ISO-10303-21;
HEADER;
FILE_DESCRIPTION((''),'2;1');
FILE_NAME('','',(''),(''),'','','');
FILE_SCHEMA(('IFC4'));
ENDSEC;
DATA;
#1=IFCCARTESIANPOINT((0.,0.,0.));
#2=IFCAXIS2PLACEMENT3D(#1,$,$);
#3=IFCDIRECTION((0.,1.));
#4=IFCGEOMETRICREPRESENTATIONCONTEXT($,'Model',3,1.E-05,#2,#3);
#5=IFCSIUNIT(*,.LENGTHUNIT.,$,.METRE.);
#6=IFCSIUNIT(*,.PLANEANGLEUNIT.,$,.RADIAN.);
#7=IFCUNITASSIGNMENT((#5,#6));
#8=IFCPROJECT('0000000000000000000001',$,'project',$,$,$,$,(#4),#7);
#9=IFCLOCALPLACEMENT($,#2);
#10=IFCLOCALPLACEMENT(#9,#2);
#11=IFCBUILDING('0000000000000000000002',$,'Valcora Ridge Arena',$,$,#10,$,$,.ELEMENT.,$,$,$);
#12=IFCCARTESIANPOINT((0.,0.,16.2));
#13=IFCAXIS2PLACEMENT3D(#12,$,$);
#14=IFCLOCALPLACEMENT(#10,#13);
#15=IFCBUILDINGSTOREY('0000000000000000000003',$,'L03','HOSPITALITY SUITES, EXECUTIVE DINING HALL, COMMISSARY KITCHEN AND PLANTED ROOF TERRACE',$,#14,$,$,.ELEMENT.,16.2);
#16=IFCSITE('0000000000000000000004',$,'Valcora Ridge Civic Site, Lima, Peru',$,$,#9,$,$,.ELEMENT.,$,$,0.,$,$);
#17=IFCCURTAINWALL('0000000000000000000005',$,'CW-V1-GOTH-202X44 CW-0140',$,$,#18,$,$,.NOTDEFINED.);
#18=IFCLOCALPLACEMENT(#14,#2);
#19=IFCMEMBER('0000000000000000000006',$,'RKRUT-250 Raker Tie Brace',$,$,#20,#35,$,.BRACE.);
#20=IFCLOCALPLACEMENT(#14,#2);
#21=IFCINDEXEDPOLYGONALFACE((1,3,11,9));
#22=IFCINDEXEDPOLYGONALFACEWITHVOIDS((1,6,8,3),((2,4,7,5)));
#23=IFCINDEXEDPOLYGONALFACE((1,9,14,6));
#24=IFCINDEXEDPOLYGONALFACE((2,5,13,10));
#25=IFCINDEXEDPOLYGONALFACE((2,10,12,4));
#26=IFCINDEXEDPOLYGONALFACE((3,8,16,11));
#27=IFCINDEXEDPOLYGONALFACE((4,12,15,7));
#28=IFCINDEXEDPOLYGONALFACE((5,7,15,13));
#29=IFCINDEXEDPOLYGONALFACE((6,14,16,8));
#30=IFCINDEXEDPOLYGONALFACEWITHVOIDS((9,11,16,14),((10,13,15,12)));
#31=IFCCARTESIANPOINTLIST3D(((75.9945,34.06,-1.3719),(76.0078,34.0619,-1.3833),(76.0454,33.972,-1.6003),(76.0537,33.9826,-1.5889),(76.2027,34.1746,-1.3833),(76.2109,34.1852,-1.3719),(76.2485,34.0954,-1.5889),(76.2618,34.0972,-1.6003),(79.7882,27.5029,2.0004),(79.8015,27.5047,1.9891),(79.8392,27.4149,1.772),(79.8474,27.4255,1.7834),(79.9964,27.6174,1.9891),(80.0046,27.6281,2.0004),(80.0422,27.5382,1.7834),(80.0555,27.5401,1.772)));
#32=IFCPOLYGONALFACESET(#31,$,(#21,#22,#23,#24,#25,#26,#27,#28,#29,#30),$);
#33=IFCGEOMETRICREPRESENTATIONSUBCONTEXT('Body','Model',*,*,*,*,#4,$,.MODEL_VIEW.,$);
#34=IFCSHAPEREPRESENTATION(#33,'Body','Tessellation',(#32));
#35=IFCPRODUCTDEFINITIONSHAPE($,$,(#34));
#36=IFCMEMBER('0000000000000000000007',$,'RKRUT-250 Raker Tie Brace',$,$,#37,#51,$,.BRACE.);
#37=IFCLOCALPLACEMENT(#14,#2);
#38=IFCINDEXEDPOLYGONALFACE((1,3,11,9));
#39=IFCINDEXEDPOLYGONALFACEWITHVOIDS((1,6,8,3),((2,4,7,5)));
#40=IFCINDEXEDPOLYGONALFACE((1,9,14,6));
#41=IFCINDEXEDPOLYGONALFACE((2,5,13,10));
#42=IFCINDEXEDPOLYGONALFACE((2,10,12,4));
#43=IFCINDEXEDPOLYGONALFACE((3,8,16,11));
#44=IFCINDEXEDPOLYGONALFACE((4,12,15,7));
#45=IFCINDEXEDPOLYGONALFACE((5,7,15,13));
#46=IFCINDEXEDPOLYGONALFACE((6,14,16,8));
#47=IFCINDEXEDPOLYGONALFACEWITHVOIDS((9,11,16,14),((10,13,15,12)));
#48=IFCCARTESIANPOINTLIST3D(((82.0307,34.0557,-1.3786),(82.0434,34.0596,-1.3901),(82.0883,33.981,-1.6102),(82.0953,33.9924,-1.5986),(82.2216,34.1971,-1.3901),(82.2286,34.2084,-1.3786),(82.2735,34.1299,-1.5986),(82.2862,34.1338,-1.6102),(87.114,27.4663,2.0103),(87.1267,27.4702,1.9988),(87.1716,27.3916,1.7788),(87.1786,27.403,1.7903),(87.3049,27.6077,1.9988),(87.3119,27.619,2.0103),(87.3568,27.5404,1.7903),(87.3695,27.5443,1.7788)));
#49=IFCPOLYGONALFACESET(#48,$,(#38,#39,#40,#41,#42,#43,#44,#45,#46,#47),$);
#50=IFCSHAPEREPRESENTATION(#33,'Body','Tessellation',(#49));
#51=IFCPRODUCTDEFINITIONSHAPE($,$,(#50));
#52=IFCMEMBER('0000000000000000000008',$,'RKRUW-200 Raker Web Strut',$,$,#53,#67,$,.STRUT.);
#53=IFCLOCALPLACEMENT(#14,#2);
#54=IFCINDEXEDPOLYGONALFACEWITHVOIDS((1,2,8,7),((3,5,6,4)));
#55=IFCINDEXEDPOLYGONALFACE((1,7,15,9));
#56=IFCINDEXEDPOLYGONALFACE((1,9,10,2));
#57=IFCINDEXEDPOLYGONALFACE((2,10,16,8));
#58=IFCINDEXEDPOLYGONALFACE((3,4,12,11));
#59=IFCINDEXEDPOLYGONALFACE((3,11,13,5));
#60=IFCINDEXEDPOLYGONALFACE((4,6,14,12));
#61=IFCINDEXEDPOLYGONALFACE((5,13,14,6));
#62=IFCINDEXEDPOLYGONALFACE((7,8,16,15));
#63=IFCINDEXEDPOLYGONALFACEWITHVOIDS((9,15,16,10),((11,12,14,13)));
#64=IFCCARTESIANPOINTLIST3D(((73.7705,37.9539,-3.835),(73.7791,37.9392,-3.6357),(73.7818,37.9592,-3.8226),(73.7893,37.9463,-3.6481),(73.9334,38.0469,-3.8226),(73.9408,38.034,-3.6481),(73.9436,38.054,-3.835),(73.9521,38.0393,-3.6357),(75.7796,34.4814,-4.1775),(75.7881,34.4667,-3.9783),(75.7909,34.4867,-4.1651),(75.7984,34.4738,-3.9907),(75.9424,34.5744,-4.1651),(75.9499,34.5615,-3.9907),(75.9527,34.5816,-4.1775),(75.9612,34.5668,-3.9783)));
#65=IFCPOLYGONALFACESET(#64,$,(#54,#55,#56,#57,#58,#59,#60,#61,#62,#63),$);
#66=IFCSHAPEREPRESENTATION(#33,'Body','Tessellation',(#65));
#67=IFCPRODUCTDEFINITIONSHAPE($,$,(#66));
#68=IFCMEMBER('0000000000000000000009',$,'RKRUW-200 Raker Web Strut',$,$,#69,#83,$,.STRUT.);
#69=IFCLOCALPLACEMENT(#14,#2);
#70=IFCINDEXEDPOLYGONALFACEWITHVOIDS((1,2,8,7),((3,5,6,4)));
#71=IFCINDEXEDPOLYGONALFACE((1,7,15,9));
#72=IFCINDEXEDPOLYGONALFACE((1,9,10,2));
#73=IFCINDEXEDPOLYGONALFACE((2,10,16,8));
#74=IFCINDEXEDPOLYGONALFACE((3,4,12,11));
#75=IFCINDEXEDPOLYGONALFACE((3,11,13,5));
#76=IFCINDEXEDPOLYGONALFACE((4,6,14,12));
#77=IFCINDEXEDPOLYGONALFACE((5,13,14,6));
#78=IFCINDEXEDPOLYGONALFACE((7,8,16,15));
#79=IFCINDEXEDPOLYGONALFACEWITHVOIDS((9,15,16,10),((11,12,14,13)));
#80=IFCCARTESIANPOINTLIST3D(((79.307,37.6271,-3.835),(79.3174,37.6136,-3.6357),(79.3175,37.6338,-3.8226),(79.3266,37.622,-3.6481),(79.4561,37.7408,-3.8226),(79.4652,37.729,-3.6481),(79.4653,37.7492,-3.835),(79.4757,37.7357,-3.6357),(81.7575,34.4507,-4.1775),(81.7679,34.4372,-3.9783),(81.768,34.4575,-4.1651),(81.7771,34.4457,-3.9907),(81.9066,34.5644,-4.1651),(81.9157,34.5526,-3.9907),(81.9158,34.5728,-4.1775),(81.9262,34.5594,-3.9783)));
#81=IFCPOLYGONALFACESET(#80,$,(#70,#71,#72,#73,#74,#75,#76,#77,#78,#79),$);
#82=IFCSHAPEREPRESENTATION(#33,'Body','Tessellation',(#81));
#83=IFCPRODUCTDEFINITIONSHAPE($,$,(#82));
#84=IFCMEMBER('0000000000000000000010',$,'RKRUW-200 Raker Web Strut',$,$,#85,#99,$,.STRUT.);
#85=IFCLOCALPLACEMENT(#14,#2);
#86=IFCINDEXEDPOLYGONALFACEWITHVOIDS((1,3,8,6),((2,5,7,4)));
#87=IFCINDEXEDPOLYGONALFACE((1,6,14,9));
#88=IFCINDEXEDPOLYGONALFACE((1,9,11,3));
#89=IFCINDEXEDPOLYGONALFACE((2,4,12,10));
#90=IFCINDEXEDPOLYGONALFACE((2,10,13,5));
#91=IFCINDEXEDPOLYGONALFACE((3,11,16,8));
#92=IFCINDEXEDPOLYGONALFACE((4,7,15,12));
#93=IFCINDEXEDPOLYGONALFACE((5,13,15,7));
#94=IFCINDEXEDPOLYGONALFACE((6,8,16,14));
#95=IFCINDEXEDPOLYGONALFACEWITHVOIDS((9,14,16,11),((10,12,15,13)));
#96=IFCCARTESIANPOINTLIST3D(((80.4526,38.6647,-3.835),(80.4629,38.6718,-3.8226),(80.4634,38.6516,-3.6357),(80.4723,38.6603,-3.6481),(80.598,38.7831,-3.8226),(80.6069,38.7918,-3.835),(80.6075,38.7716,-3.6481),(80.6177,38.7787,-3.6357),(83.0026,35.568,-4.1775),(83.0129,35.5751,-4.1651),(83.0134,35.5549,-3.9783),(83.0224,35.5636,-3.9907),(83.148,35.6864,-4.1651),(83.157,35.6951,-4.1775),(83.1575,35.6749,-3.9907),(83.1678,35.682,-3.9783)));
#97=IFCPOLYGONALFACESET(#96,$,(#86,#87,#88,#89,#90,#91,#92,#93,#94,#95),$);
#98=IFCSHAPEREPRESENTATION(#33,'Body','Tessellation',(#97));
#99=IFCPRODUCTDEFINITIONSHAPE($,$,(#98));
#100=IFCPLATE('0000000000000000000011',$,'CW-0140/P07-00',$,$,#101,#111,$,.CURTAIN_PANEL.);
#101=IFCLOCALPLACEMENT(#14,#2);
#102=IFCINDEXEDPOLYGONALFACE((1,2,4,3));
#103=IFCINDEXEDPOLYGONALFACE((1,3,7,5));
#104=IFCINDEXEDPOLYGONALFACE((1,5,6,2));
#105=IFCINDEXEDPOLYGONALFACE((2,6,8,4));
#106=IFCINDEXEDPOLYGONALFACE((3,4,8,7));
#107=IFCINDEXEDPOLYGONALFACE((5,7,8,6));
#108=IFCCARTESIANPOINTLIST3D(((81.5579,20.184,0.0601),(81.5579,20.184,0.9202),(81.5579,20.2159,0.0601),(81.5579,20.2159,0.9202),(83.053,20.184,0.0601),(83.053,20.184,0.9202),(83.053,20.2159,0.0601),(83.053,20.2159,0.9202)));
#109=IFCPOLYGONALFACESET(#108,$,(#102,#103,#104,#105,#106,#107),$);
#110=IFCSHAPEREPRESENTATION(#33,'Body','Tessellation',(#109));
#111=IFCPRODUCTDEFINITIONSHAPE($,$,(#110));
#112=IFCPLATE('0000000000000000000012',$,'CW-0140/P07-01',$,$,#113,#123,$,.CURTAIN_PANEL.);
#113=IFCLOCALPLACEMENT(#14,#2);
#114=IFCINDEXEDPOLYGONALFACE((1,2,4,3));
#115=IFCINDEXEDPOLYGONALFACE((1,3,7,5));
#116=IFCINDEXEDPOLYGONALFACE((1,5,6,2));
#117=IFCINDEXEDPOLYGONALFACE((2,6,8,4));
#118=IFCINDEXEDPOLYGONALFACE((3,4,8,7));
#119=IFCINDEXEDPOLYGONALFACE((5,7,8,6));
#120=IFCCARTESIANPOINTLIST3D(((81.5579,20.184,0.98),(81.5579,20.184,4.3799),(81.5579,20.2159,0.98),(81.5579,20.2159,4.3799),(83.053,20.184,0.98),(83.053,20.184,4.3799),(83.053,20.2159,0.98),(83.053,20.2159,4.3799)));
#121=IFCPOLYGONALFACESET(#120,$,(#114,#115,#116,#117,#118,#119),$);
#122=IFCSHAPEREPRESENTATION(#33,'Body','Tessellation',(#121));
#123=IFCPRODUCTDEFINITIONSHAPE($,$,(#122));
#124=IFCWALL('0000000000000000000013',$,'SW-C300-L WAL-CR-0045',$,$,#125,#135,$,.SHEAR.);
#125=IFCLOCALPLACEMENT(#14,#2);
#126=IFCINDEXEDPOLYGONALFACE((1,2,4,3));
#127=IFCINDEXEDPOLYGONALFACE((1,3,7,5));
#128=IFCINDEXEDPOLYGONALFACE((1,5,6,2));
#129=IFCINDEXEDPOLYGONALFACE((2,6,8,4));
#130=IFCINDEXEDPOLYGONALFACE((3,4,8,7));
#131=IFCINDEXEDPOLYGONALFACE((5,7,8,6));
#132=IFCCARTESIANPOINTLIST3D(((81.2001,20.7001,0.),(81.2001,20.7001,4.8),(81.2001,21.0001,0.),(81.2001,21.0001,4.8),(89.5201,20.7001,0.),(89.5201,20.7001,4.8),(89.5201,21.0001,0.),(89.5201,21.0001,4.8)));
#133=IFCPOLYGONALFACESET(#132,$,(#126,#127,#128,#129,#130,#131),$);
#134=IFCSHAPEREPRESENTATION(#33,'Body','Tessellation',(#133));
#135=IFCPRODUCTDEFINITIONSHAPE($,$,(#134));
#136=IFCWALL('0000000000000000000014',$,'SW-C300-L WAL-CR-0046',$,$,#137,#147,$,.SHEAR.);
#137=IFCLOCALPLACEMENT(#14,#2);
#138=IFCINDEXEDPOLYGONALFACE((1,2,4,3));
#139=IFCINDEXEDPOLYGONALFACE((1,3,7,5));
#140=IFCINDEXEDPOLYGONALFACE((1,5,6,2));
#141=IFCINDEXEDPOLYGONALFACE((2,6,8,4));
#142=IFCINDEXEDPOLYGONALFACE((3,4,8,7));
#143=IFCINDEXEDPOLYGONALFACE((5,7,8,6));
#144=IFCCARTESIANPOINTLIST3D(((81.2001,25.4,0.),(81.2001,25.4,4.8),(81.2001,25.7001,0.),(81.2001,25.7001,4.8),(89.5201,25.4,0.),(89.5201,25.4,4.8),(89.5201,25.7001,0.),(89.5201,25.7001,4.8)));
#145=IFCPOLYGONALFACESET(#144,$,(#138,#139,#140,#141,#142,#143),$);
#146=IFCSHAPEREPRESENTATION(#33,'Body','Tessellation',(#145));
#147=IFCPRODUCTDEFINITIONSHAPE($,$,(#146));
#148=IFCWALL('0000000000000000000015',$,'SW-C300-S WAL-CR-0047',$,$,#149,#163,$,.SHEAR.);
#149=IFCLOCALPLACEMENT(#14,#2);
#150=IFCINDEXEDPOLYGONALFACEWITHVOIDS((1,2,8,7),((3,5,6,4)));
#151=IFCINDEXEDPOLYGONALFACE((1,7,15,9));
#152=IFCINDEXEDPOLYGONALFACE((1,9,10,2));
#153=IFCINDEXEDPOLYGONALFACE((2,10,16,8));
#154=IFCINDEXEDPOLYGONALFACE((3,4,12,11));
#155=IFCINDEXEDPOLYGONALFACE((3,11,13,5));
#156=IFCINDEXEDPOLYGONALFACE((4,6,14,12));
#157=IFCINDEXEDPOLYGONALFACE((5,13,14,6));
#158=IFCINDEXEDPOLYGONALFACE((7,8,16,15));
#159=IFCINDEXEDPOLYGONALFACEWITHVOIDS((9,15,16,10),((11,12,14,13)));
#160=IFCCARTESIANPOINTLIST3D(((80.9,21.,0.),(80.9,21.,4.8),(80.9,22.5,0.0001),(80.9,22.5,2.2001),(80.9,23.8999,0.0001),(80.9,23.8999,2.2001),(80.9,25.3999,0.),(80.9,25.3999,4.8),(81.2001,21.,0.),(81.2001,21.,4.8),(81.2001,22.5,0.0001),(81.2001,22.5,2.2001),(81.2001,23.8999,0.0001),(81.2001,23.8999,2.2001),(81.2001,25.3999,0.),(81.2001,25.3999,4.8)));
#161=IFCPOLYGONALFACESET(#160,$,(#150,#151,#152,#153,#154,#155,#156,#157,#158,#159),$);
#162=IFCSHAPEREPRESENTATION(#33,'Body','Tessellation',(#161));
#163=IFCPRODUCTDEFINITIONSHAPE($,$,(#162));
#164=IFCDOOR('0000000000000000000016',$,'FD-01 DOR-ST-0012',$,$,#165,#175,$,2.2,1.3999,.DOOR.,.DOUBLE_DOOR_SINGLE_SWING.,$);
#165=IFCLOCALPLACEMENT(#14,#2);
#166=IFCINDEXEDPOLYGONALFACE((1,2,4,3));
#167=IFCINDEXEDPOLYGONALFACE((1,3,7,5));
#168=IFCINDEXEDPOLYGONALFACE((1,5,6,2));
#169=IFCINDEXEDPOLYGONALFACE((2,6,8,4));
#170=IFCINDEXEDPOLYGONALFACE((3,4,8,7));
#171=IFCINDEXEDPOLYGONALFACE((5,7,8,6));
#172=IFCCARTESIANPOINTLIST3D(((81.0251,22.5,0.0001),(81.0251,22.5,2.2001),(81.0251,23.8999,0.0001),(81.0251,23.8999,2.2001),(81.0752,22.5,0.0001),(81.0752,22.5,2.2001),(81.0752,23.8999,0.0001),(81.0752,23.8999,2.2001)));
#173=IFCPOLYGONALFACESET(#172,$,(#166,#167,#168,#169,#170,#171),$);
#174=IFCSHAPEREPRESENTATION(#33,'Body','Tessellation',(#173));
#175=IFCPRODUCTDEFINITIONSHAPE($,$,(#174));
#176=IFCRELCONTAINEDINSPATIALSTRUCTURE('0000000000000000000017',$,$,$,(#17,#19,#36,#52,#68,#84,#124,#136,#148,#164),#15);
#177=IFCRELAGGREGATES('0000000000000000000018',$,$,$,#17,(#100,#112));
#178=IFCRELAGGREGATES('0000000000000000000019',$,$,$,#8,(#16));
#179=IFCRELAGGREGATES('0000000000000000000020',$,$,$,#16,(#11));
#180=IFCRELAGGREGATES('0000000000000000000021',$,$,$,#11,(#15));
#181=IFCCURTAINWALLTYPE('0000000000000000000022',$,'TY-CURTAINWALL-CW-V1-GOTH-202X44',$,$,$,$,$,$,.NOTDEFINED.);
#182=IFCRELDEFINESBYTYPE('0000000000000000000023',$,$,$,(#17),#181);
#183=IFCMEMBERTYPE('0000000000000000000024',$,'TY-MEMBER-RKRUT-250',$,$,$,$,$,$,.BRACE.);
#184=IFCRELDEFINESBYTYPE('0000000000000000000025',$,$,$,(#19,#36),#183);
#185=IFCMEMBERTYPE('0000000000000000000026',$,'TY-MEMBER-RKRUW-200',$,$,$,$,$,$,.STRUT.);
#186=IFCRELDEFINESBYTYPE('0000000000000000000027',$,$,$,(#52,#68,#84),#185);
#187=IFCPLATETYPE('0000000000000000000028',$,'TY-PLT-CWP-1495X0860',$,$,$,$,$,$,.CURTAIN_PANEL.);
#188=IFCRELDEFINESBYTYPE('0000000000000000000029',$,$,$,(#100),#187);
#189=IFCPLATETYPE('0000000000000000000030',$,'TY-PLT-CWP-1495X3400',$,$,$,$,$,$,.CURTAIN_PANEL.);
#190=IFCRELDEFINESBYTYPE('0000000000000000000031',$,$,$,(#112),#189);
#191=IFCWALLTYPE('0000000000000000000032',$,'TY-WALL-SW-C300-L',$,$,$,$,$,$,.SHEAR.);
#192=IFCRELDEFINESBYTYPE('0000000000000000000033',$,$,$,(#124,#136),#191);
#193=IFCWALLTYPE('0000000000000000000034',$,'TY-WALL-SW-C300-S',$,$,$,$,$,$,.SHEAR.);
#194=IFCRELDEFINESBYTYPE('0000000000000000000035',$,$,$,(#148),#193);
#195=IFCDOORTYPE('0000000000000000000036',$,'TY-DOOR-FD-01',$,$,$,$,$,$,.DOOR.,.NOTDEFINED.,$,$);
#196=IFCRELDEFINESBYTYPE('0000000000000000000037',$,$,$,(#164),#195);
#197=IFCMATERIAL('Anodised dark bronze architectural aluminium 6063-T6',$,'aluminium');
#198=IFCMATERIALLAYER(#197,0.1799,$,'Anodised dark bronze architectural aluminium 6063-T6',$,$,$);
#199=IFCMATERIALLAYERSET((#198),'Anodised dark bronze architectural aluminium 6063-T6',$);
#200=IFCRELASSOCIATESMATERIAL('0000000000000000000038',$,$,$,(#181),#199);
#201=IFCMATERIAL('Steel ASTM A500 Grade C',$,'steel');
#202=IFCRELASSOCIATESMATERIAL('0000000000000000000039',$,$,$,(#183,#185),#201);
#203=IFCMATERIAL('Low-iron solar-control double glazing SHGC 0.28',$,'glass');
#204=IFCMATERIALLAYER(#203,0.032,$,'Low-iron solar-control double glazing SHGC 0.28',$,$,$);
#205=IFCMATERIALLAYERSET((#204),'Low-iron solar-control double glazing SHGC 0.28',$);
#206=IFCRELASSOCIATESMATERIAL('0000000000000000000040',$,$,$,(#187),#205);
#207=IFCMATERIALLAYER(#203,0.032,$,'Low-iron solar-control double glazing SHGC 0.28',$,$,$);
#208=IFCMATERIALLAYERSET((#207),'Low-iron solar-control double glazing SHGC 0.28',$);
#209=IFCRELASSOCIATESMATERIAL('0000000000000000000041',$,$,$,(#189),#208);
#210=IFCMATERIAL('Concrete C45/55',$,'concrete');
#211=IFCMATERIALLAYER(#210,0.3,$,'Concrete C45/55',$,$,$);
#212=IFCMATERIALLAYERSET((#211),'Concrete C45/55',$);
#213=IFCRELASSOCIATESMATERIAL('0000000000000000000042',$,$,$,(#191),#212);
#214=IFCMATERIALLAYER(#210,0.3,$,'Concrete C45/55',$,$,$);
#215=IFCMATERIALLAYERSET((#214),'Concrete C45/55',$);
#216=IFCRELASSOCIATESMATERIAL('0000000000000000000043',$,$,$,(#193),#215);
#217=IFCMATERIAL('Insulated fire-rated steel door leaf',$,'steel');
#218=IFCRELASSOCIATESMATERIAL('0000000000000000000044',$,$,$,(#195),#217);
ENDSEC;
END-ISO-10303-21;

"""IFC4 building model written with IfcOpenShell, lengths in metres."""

from ifc_helpers import new_model, si_unit, direction, frame, frame_2d, origin, origin_2d, place, context, subcontext, project, spatial, rectangle, hollow_rectangle, extrude, material, layer, layer_set, material_profile, profile_set, type_object, element, fill, aggregate, save


model = new_model("IFC4")

# Units and contexts
model_context = context("Model", 3, precision=1e-05, world=origin(), true_north=direction((0.0, 1.0)))
body_context = subcontext(model_context, "Body", "Model", "MODEL_VIEW")
ifc_project = project(units=[si_unit("LENGTHUNIT", "METRE"), si_unit("PLANEANGLEUNIT", "RADIAN")], contexts=[model_context])

# Site, building, storey
site_placement = place(None, origin())
site = spatial("IfcSite", under=ifc_project, at=site_placement, Name="Valcora Ridge Civic Site, Lima, Peru", CompositionType="ELEMENT", RefElevation=0.0)
building_placement = place(site_placement, origin())
building = spatial("IfcBuilding", under=site, at=building_placement, Name="Valcora Ridge Arena", CompositionType="ELEMENT")
storey_placement = place(building_placement, frame((0.0, 0.0, 16.2)))
storey = spatial("IfcBuildingStorey", under=building, at=storey_placement, Name="L03", Description="HOSPITALITY SUITES, EXECUTIVE DINING HALL, COMMISSARY KITCHEN AND PLANTED ROOF TERRACE", CompositionType="ELEMENT", Elevation=16.2)

# Curtain wall
ifc_material_1 = material(Name="Anodised dark bronze architectural aluminium 6063-T6", Category="aluminium")
ifc_layer_1 = layer(ifc_material_1, 0.1799, Name="Anodised dark bronze architectural aluminium 6063-T6")
ifc_layer_set_1 = layer_set([ifc_layer_1], Name="Anodised dark bronze architectural aluminium 6063-T6")
curtain_wall_type = type_object("IfcCurtainWallType", Name="TY-CURTAINWALL-CW-V1-GOTH-202X44", PredefinedType="NOTDEFINED", material=ifc_layer_set_1)
curtain_wall_placement = place(storey_placement, origin())
curtain_wall = element("IfcCurtainWall", 1, at=curtain_wall_placement, inside=storey, type_object=curtain_wall_type, Name="CW-V1-GOTH-202X44 CW-0140", PredefinedType="NOTDEFINED")

# Members
ifc_material_2 = material(Name="Steel ASTM A500 Grade C", Category="steel")
ifc_material_profile_1 = material_profile(ifc_material_2, hollow_rectangle(XDim=0.25, YDim=0.25, WallThickness=0.0125, at=origin_2d()), Name="HSS250X250X12")
ifc_profile_set_1 = profile_set([ifc_material_profile_1], Name="Steel ASTM A500 Grade C")
member_type_1 = type_object("IfcMemberType", Name="TY-MEMBER-RKRUT-250", PredefinedType="BRACE", material=ifc_profile_set_1)
member_1_placement = place(storey_placement, frame((76.1282, 34.0786, -1.4861), z_axis=(0.457502, -0.790758, 0.406685), x_axis=(0.865571, 0.500786, 0.0)))
element("IfcMember", 2, at=member_1_placement, inside=storey, type_object=member_type_1, Name="RKRUT-250 Raker Tie Brace", PredefinedType="BRACE", context=body_context, shape_type="SweptSolid", body=[
    extrude(hollow_rectangle(XDim=0.25, YDim=0.25, WallThickness=0.0125, at=origin_2d()), origin(), (0.0, 0.0, 1.0), 8.2922),
])
member_2_placement = place(storey_placement, frame((82.1584, 34.0947, -1.4944), z_axis=(0.565701, -0.733311, 0.377143), x_axis=(0.79178, 0.610806, 0.0)))
element("IfcMember", 3, at=member_2_placement, inside=storey, type_object=member_type_1, Name="RKRUT-250 Raker Tie Brace", PredefinedType="BRACE", context=body_context, shape_type="SweptSolid", body=[
    extrude(hollow_rectangle(XDim=0.25, YDim=0.25, WallThickness=0.0125, at=origin_2d()), origin(), (0.0, 0.0, 1.0), 8.9858),
])
ifc_material_profile_2 = material_profile(ifc_material_2, hollow_rectangle(XDim=0.2, YDim=0.2, WallThickness=0.0125, at=origin_2d()), Name="HSS200X200X12")
ifc_profile_set_2 = profile_set([ifc_material_profile_2], Name="Steel ASTM A500 Grade C")
member_type_2 = type_object("IfcMemberType", Name="TY-MEMBER-RKRUW-200", PredefinedType="STRUT", material=ifc_profile_set_2)
for number, where, z_axis, x_axis, name in (
    (4, (73.8613, 37.9966, -3.7354), (0.498976, -0.86243, -0.085073), (0.865568, 0.500792, 0.0), "RKRUW-200 Raker Web Strut"),
    (5, (79.3914, 37.6814, -3.7354), (0.608616, -0.788891, -0.085074), (0.791761, 0.610831, 0.0), "RKRUW-200 Raker Web Strut"),
):
    element("IfcMember", number, at=place(storey_placement, frame(where, z_axis=z_axis, x_axis=x_axis)), inside=storey, type_object=member_type_2, Name=name, PredefinedType="STRUT", context=body_context, shape_type="SweptSolid", body=[
        extrude(hollow_rectangle(XDim=0.2, YDim=0.2, WallThickness=0.0125, at=origin_2d()), origin(), (0.0, 0.0, 1.0), 4.0264),
    ])
member_3_placement = place(storey_placement, frame((80.5352, 38.7217, -3.7354), z_axis=(0.633379, -0.769151, -0.085077), x_axis=(0.77195, 0.635684, 0.0)))
element("IfcMember", 6, at=member_3_placement, inside=storey, type_object=member_type_2, Name="RKRUW-200 Raker Web Strut", PredefinedType="STRUT", context=body_context, shape_type="SweptSolid", body=[
    extrude(hollow_rectangle(XDim=0.2, YDim=0.2, WallThickness=0.0125, at=origin_2d()), origin(), (0.0, 0.0, 1.0), 4.0261),
])

# Plates
ifc_material_3 = material(Name="Low-iron solar-control double glazing SHGC 0.28", Category="glass")
ifc_layer_2 = layer(ifc_material_3, 0.032, Name="Low-iron solar-control double glazing SHGC 0.28")
ifc_layer_set_2 = layer_set([ifc_layer_2], Name="Low-iron solar-control double glazing SHGC 0.28")
plate_type_1 = type_object("IfcPlateType", Name="TY-PLT-CWP-1495X0860", PredefinedType="CURTAIN_PANEL", material=ifc_layer_set_2)
plate_1_placement = place(storey_placement, frame((82.3054, 20.2, 0.0601), z_axis=(0.0, 0.0, 1.0), x_axis=(1.0, 0.0, 0.0)))
plate_1 = element("IfcPlate", 7, at=plate_1_placement, type_object=plate_type_1, Name="CW-0140/P07-00", PredefinedType="CURTAIN_PANEL", context=body_context, shape_type="SweptSolid", body=[
    extrude(rectangle(XDim=1.4951, YDim=0.032, at=origin_2d()), origin(), (0.0, 0.0, 1.0), 0.8601),
])
ifc_layer_3 = layer(ifc_material_3, 0.032, Name="Low-iron solar-control double glazing SHGC 0.28")
ifc_layer_set_3 = layer_set([ifc_layer_3], Name="Low-iron solar-control double glazing SHGC 0.28")
plate_type_2 = type_object("IfcPlateType", Name="TY-PLT-CWP-1495X3400", PredefinedType="CURTAIN_PANEL", material=ifc_layer_set_3)
plate_2_placement = place(storey_placement, frame((82.3054, 20.2, 0.98), z_axis=(0.0, 0.0, 1.0), x_axis=(1.0, 0.0, 0.0)))
plate_2 = element("IfcPlate", 8, at=plate_2_placement, type_object=plate_type_2, Name="CW-0140/P07-01", PredefinedType="CURTAIN_PANEL", context=body_context, shape_type="SweptSolid", body=[
    extrude(rectangle(XDim=1.4951, YDim=0.032, at=origin_2d()), origin(), (0.0, 0.0, 1.0), 3.3999),
])
aggregate(curtain_wall, [plate_1, plate_2])

# Walls
ifc_material_4 = material(Name="Concrete C45/55", Category="concrete")
ifc_layer_4 = layer(ifc_material_4, 0.3, Name="Concrete C45/55")
ifc_layer_set_4 = layer_set([ifc_layer_4], Name="Concrete C45/55")
wall_type_1 = type_object("IfcWallType", Name="TY-WALL-SW-C300-L", PredefinedType="SHEAR", material=ifc_layer_set_4)
for number, where, z_axis, x_axis, name in (
    (9, (81.2, 20.8501, 0.0), (0.0, 0.0, 1.0), (1.0, 0.0, 0.0), "SW-C300-L WAL-CR-0045"),
    (10, (81.2, 25.55, 0.0), (0.0, 0.0, 1.0), (1.0, 0.0, 0.0), "SW-C300-L WAL-CR-0046"),
):
    element("IfcWall", number, at=place(storey_placement, frame(where, z_axis=z_axis, x_axis=x_axis)), inside=storey, type_object=wall_type_1, Name=name, PredefinedType="SHEAR", context=body_context, shape_type="SweptSolid", body=[
        extrude(rectangle(XDim=8.3201, YDim=0.3, at=frame_2d((4.1602, 0.0))), origin(), (0.0, 0.0, 1.0), 4.8),
    ])

# Wall, opening, door
ifc_layer_5 = layer(ifc_material_4, 0.3, Name="Concrete C45/55")
ifc_layer_set_5 = layer_set([ifc_layer_5], Name="Concrete C45/55")
wall_type_2 = type_object("IfcWallType", Name="TY-WALL-SW-C300-S", PredefinedType="SHEAR", material=ifc_layer_set_5)
wall_1_placement = place(storey_placement, frame((81.05, 21.0, 0.0), z_axis=(0.0, 0.0, 1.0), x_axis=(0.0, 1.0, 0.0)))
wall_1 = element("IfcWall", 11, at=wall_1_placement, inside=storey, type_object=wall_type_2, Name="SW-C300-S WAL-CR-0047", PredefinedType="SHEAR", context=body_context, shape_type="SweptSolid", body=[
    extrude(rectangle(XDim=4.3999, YDim=0.3, at=frame_2d((2.2, 0.0))), origin(), (0.0, 0.0, 1.0), 4.8),
])
opening_placement = place(wall_1_placement, frame((1.5, 0.0, 0.0)))
opening = element("IfcOpeningElement", 12, at=opening_placement, cuts=wall_1, PredefinedType="OPENING", context=body_context, shape_type="SweptSolid", body=[
    extrude(rectangle(XDim=1.3999, YDim=2.2, at=frame_2d((0.7, 1.1001))), frame((0.0, 0.1599, 0.0), z_axis=(0.0, -1.0, 0.0), x_axis=(1.0, 0.0, 0.0)), (0.0, 0.0, 1.0), 0.3201),
])
ifc_material_5 = material(Name="Insulated fire-rated steel door leaf", Category="steel")
door_type = type_object("IfcDoorType", Name="TY-DOOR-FD-01", OperationType="NOTDEFINED", PredefinedType="DOOR", material=ifc_material_5)
door_placement = place(opening_placement, origin())
door = element("IfcDoor", 13, at=door_placement, inside=storey, type_object=door_type, Name="FD-01 DOR-ST-0012", OperationType="DOUBLE_DOOR_SINGLE_SWING", OverallHeight=2.2, OverallWidth=1.3999, PredefinedType="DOOR", context=body_context, shape_type="SweptSolid", body=[
    extrude(rectangle(XDim=1.3999, YDim=2.2, at=frame_2d((0.7, 1.1001))), frame((0.0, 0.0249, 0.0), z_axis=(0.0, -1.0, 0.0), x_axis=(1.0, 0.0, 0.0)), (0.0, 0.0, 1.0), 0.05),
])
fill(opening, door)

save(model, "model.ifc")
